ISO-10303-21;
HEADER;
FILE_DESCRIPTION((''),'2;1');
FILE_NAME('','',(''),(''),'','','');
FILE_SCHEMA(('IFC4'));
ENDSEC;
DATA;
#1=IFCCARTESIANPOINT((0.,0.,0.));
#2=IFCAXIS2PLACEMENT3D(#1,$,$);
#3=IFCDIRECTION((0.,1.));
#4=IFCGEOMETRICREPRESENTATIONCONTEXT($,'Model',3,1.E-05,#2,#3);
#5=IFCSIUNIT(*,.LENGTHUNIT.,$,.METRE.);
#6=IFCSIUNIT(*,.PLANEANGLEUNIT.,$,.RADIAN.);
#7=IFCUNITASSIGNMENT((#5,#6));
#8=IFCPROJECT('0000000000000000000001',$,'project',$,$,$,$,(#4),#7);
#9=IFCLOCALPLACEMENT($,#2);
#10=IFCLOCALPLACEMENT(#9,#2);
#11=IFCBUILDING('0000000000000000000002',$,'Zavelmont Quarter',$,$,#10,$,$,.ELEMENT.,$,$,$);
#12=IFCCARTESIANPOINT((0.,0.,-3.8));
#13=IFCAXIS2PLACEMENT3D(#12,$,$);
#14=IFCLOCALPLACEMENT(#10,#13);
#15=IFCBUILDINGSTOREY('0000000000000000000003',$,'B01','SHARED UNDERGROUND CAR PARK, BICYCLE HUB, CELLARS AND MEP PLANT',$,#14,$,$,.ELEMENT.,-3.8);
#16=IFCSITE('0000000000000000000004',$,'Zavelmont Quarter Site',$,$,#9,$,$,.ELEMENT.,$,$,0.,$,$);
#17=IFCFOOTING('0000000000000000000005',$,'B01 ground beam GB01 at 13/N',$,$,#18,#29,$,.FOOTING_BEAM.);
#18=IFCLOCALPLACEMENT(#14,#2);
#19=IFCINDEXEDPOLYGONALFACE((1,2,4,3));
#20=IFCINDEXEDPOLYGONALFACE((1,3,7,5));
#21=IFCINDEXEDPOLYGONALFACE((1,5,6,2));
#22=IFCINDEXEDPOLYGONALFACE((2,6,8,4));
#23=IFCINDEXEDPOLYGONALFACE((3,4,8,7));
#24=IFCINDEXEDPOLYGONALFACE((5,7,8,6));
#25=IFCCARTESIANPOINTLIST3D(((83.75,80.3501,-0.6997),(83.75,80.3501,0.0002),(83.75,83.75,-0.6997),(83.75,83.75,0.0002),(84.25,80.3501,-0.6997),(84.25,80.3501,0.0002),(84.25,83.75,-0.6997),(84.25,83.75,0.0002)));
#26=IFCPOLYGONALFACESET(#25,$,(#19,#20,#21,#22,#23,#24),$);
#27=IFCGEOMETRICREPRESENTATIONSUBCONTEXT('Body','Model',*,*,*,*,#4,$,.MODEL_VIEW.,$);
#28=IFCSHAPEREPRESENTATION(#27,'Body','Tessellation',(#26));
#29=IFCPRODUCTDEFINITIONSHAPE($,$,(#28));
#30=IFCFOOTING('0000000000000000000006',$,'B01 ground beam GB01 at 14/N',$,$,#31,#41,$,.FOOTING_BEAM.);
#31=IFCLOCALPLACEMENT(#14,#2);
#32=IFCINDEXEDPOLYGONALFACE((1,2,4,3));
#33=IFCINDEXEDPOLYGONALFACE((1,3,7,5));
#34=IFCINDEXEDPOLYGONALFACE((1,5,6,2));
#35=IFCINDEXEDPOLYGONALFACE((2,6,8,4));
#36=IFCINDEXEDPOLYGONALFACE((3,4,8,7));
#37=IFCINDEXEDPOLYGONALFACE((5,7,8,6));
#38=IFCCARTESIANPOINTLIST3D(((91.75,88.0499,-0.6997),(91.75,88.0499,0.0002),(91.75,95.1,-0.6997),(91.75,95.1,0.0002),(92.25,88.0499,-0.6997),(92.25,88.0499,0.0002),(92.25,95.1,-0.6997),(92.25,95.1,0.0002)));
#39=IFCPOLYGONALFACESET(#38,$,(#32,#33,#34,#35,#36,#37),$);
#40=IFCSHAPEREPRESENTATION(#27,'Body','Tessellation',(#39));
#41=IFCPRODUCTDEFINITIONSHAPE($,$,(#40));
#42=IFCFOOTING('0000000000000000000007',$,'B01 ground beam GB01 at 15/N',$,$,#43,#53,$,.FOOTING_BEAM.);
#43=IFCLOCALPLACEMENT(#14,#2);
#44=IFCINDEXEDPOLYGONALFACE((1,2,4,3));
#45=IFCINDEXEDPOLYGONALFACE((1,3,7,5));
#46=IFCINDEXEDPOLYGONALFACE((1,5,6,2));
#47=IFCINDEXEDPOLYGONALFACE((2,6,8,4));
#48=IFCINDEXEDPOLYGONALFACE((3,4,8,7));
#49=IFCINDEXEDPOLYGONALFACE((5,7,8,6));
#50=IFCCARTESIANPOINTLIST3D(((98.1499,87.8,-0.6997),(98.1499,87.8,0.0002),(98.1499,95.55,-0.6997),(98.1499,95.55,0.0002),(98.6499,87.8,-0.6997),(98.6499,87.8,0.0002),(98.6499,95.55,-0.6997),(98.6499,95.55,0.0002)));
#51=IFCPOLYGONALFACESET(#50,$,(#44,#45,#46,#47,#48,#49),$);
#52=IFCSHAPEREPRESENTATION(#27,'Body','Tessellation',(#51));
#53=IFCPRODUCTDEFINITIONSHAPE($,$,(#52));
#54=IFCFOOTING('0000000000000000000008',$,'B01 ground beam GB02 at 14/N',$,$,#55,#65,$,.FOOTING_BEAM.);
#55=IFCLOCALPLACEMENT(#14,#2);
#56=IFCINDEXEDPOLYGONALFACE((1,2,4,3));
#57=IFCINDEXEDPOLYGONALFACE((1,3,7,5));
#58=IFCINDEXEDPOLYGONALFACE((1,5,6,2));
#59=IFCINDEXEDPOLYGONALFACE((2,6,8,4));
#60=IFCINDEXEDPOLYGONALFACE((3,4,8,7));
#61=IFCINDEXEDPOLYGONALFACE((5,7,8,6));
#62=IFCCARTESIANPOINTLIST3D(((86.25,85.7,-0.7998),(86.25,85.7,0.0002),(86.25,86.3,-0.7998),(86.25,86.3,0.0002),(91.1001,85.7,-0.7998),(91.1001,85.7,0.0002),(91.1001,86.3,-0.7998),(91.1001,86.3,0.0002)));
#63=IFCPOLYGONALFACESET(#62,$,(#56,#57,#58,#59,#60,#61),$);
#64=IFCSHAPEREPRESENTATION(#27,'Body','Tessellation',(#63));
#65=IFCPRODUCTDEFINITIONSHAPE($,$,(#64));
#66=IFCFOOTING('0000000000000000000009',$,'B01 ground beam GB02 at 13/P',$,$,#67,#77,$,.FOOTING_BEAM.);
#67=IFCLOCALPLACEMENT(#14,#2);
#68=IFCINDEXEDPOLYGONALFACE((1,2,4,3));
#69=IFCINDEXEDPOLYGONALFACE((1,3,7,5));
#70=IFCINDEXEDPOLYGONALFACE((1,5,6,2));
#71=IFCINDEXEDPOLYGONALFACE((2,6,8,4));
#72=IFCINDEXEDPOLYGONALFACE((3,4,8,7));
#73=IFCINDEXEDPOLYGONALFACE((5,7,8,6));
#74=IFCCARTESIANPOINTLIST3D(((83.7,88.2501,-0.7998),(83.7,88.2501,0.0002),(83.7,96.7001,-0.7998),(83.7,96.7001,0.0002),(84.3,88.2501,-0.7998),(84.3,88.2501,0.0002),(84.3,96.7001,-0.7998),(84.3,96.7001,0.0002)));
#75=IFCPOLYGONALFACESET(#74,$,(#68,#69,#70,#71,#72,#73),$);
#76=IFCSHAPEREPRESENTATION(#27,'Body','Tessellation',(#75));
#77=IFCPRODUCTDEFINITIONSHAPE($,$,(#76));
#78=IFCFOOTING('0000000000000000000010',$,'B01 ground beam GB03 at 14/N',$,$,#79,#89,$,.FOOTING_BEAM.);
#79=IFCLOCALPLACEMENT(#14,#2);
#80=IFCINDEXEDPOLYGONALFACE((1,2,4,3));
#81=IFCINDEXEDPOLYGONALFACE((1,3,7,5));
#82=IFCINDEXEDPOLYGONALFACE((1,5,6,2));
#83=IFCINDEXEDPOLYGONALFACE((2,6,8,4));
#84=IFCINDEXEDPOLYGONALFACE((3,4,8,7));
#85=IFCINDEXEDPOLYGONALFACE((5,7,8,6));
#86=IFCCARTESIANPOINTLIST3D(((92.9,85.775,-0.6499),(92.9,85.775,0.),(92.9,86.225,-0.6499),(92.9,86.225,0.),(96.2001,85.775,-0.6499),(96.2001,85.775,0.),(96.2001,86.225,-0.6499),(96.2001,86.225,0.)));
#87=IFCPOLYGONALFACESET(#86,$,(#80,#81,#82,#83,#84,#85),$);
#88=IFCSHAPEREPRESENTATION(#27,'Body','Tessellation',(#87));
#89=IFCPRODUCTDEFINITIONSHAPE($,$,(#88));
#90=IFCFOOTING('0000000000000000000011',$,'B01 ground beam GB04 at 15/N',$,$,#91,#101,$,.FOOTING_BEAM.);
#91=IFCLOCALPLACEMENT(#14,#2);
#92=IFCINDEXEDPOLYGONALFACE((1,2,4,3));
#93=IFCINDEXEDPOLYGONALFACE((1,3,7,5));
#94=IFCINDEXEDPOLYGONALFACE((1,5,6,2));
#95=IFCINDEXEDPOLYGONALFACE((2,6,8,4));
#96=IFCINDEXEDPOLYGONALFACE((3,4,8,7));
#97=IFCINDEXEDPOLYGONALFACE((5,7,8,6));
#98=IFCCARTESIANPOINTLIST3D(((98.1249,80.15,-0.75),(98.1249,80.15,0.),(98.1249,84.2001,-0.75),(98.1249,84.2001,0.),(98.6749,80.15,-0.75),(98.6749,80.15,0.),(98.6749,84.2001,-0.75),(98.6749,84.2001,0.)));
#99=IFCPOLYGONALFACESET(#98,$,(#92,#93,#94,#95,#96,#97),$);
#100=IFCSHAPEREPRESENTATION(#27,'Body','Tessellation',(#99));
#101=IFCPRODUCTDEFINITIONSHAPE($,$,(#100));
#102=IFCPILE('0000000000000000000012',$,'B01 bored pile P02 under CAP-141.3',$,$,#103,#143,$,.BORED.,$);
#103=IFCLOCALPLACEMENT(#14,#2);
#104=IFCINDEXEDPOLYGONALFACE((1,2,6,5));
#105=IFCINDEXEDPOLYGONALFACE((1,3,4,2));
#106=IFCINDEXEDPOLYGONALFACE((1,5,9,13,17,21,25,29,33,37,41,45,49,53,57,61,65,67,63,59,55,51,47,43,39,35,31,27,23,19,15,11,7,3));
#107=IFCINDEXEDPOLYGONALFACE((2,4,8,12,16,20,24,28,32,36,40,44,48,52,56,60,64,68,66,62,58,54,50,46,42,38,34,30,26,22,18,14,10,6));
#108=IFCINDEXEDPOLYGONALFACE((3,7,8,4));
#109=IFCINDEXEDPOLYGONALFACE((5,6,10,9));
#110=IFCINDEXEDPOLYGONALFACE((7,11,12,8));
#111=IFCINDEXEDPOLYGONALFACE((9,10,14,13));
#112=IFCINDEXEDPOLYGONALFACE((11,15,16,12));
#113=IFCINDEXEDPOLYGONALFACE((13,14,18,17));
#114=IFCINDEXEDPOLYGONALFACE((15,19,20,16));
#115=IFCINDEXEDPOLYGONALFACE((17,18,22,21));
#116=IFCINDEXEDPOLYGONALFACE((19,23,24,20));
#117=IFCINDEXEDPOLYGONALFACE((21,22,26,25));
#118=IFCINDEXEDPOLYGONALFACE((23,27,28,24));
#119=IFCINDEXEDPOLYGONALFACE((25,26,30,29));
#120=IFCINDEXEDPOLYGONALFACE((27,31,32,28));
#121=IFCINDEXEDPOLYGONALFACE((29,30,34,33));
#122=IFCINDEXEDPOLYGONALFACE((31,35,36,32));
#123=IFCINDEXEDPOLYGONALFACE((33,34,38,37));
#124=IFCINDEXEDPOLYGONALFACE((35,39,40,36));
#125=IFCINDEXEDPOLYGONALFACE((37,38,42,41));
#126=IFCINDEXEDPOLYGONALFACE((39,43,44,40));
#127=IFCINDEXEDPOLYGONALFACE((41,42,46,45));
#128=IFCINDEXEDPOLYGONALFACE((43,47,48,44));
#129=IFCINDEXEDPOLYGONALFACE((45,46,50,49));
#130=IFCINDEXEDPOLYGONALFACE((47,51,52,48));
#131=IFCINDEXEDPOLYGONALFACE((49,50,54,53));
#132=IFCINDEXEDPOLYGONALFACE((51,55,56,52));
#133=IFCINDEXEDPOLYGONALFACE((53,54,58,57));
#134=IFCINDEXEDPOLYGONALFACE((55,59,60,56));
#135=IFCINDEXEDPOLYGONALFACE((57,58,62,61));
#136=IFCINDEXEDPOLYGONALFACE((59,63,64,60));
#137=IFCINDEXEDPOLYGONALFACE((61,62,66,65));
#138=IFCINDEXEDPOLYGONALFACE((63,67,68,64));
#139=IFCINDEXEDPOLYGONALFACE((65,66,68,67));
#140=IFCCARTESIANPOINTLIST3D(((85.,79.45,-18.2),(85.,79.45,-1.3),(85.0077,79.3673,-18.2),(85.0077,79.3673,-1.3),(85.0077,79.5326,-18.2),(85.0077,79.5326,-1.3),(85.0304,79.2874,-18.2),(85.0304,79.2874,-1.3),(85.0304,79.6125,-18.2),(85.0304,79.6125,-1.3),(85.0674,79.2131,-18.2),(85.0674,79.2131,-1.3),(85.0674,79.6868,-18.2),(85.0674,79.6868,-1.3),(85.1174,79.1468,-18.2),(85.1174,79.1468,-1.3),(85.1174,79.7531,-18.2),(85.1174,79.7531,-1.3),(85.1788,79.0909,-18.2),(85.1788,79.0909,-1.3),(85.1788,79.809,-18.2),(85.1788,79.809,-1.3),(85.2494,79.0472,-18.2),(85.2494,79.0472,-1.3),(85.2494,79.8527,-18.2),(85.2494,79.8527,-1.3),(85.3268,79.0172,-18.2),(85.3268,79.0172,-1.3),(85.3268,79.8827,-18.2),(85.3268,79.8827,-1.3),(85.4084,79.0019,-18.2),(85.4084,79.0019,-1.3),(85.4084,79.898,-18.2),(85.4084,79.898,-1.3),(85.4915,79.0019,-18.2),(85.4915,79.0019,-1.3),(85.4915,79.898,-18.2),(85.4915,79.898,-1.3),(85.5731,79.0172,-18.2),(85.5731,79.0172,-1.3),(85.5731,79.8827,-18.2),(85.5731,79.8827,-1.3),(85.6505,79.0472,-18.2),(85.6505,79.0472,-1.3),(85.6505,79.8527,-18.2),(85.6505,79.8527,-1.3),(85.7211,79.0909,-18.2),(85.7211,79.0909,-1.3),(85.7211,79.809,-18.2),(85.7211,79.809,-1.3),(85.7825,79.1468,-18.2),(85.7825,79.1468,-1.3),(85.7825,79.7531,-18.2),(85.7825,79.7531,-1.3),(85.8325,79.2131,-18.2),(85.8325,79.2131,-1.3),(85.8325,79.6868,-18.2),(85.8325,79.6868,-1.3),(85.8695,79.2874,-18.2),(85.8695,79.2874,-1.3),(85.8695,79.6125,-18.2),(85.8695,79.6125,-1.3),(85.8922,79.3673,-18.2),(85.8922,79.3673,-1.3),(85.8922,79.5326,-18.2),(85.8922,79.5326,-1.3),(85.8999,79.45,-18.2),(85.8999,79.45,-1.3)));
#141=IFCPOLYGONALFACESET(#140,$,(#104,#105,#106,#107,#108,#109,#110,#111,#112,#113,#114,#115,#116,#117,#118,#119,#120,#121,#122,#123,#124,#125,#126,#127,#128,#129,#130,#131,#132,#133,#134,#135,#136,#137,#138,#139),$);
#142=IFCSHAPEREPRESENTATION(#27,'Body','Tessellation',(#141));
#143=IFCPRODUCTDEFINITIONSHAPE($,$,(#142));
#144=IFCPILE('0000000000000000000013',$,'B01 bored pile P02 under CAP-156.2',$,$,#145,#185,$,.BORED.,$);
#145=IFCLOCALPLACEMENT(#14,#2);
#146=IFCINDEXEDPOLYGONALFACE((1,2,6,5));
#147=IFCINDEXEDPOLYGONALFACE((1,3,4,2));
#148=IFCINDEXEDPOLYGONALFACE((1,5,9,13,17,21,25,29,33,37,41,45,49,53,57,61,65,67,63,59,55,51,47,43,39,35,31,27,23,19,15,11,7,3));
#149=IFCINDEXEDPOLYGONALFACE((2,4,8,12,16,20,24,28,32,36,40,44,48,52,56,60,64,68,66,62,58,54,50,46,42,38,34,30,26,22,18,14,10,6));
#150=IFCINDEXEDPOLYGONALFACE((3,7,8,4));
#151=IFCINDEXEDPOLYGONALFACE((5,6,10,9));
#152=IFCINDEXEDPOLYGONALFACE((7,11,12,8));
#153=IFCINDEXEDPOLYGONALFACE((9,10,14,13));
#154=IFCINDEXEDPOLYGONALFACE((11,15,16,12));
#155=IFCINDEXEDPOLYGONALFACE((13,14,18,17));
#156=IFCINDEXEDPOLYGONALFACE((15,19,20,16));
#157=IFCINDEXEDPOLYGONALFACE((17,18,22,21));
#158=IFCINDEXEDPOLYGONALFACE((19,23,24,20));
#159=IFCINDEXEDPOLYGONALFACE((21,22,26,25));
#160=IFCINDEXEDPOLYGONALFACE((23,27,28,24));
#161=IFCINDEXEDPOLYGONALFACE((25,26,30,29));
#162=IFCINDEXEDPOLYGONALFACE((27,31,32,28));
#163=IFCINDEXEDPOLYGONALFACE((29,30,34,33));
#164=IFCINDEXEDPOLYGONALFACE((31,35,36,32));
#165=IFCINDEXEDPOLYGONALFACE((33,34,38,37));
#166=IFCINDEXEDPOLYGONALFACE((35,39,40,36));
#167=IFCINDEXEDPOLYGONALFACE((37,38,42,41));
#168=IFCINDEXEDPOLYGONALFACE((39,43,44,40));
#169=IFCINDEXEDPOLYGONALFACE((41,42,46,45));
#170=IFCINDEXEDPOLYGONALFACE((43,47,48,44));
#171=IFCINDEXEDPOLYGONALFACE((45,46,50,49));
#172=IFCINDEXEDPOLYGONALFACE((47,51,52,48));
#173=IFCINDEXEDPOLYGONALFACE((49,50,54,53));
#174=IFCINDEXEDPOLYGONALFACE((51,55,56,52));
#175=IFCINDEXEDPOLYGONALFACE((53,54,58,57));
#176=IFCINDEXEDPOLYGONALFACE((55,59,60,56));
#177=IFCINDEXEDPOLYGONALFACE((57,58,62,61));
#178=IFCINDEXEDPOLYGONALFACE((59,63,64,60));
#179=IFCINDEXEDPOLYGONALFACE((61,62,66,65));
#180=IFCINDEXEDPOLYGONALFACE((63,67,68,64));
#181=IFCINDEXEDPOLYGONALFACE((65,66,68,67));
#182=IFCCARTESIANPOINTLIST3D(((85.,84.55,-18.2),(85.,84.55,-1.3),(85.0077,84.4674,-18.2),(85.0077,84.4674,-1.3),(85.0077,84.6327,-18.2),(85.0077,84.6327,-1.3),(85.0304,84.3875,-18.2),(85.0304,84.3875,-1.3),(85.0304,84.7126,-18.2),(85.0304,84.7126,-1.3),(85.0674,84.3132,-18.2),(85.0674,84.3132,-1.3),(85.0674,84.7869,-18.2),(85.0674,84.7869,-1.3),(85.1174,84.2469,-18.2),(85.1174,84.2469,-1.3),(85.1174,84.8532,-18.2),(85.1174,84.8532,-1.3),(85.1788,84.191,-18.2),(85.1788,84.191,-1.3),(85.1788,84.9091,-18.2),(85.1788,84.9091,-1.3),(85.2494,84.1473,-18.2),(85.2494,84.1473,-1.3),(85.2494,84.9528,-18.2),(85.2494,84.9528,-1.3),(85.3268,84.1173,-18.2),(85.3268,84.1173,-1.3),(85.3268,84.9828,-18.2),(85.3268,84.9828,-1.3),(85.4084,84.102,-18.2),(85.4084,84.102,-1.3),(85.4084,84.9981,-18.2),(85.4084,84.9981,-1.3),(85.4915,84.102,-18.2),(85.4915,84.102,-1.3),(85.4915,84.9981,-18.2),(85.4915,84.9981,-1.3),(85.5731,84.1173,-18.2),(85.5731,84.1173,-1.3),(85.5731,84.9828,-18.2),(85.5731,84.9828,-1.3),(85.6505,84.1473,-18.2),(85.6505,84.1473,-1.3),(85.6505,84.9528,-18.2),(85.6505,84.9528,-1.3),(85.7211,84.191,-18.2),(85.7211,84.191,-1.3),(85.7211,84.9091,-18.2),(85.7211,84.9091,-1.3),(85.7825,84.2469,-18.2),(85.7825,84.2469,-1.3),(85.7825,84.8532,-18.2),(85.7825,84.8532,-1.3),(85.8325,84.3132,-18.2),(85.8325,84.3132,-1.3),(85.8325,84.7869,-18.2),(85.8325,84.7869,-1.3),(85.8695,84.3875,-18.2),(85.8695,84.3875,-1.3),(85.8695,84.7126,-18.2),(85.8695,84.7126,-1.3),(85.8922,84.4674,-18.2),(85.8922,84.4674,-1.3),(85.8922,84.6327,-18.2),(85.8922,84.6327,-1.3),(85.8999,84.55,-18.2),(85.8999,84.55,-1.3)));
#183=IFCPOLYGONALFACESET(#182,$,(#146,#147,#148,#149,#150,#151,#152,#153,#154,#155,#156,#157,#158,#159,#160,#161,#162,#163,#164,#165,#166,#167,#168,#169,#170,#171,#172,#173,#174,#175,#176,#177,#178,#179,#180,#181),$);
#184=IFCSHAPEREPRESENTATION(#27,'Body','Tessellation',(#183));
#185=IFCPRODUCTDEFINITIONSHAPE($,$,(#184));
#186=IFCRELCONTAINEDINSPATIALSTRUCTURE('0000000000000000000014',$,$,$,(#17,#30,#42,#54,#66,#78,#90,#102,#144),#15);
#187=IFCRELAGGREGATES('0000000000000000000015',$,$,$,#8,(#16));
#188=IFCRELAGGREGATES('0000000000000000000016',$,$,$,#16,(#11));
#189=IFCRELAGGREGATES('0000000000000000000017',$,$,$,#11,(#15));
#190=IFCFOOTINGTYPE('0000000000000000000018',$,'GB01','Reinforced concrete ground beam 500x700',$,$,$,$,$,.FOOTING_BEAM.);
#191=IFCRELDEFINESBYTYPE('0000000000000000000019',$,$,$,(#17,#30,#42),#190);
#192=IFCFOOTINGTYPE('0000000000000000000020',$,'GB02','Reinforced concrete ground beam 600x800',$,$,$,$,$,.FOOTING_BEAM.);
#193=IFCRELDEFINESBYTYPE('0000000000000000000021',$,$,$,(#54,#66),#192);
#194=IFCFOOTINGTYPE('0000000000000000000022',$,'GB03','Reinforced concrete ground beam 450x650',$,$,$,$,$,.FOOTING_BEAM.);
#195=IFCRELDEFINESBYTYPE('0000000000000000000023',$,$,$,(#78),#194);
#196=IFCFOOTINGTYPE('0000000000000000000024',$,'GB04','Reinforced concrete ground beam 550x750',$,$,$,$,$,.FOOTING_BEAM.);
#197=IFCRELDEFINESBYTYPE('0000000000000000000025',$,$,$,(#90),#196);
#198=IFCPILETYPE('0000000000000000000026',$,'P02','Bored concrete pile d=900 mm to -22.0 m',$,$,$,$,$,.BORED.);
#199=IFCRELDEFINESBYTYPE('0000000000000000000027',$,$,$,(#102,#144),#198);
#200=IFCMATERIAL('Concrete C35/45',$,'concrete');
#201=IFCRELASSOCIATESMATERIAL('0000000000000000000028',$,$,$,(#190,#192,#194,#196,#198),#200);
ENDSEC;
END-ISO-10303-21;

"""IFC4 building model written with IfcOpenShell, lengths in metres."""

from ifc_helpers import new_model, si_unit, direction, frame, origin, origin_2d, place, context, subcontext, project, spatial, rectangle, circle, extrude, material, material_profile, profile_set, type_object, element, save


model = new_model("IFC4")

# Units and contexts
model_context = context("Model", 3, precision=1e-05, world=origin(), true_north=direction((0.0, 1.0)))
body_context = subcontext(model_context, "Body", "Model", "MODEL_VIEW")
ifc_project = project(units=[si_unit("LENGTHUNIT", "METRE"), si_unit("PLANEANGLEUNIT", "RADIAN")], contexts=[model_context])

# Site, building, storey
site_placement = place(None, origin())
site = spatial("IfcSite", under=ifc_project, at=site_placement, Name="Zavelmont Quarter Site", CompositionType="ELEMENT", RefElevation=0.0)
building_placement = place(site_placement, origin())
building = spatial("IfcBuilding", under=site, at=building_placement, Name="Zavelmont Quarter", CompositionType="ELEMENT")
storey_placement = place(building_placement, frame((0.0, 0.0, -3.8)))
storey = spatial("IfcBuildingStorey", under=building, at=storey_placement, Name="B01", Description="SHARED UNDERGROUND CAR PARK, BICYCLE HUB, CELLARS AND MEP PLANT", CompositionType="ELEMENT", Elevation=-3.8)

# Footings
ifc_material_1 = material(Name="Concrete C35/45", Category="concrete")
footing_type_1 = type_object("IfcFootingType", Name="GB01", Description="Reinforced concrete ground beam 500x700", PredefinedType="FOOTING_BEAM", material=ifc_material_1)
footing_1_placement = place(storey_placement, frame((84.0, 82.05, -0.6997), z_axis=(0.0, 0.0, 1.0), x_axis=(0.0, 1.0, 0.0)))
element("IfcFooting", 1, at=footing_1_placement, inside=storey, type_object=footing_type_1, Name="B01 ground beam GB01 at 13/N", PredefinedType="FOOTING_BEAM", context=body_context, shape_type="SweptSolid", body=[
    extrude(rectangle(XDim=3.3999, YDim=0.5, at=origin_2d()), origin(), (0.0, 0.0, 1.0), 0.7),
])
footing_2_placement = place(storey_placement, frame((92.0, 91.575, -0.6997), z_axis=(0.0, 0.0, 1.0), x_axis=(0.0, 1.0, 0.0)))
element("IfcFooting", 2, at=footing_2_placement, inside=storey, type_object=footing_type_1, Name="B01 ground beam GB01 at 14/N", PredefinedType="FOOTING_BEAM", context=body_context, shape_type="SweptSolid", body=[
    extrude(rectangle(XDim=7.05, YDim=0.5, at=origin_2d()), origin(), (0.0, 0.0, 1.0), 0.7),
])
footing_3_placement = place(storey_placement, frame((98.3999, 91.675, -0.6997), z_axis=(0.0, 0.0, 1.0), x_axis=(0.0, 1.0, 0.0)))
element("IfcFooting", 3, at=footing_3_placement, inside=storey, type_object=footing_type_1, Name="B01 ground beam GB01 at 15/N", PredefinedType="FOOTING_BEAM", context=body_context, shape_type="SweptSolid", body=[
    extrude(rectangle(XDim=7.75, YDim=0.5, at=origin_2d()), origin(), (0.0, 0.0, 1.0), 0.7),
])
footing_type_2 = type_object("IfcFootingType", Name="GB02", Description="Reinforced concrete ground beam 600x800", PredefinedType="FOOTING_BEAM", material=ifc_material_1)
footing_4_placement = place(storey_placement, frame((88.675, 86.0, -0.7998), z_axis=(0.0, 0.0, 1.0), x_axis=(1.0, 0.0, 0.0)))
element("IfcFooting", 4, at=footing_4_placement, inside=storey, type_object=footing_type_2, Name="B01 ground beam GB02 at 14/N", PredefinedType="FOOTING_BEAM", context=body_context, shape_type="SweptSolid", body=[
    extrude(rectangle(XDim=4.8501, YDim=0.6001, at=origin_2d()), origin(), (0.0, 0.0, 1.0), 0.8),
])
footing_5_placement = place(storey_placement, frame((84.0, 92.4751, -0.7998), z_axis=(0.0, 0.0, 1.0), x_axis=(0.0, 1.0, 0.0)))
element("IfcFooting", 5, at=footing_5_placement, inside=storey, type_object=footing_type_2, Name="B01 ground beam GB02 at 13/P", PredefinedType="FOOTING_BEAM", context=body_context, shape_type="SweptSolid", body=[
    extrude(rectangle(XDim=8.45, YDim=0.6001, at=origin_2d()), origin(), (0.0, 0.0, 1.0), 0.8),
])
footing_type_3 = type_object("IfcFootingType", Name="GB03", Description="Reinforced concrete ground beam 450x650", PredefinedType="FOOTING_BEAM", material=ifc_material_1)
footing_6_placement = place(storey_placement, frame((94.55, 86.0, -0.6499), z_axis=(0.0, 0.0, 1.0), x_axis=(1.0, 0.0, 0.0)))
element("IfcFooting", 6, at=footing_6_placement, inside=storey, type_object=footing_type_3, Name="B01 ground beam GB03 at 14/N", PredefinedType="FOOTING_BEAM", context=body_context, shape_type="SweptSolid", body=[
    extrude(rectangle(XDim=3.3, YDim=0.45, at=origin_2d()), origin(), (0.0, 0.0, 1.0), 0.6499),
])
footing_type_4 = type_object("IfcFootingType", Name="GB04", Description="Reinforced concrete ground beam 550x750", PredefinedType="FOOTING_BEAM", material=ifc_material_1)
footing_7_placement = place(storey_placement, frame((98.3999, 82.175, -0.75), z_axis=(0.0, 0.0, 1.0), x_axis=(0.0, 1.0, 0.0)))
element("IfcFooting", 7, at=footing_7_placement, inside=storey, type_object=footing_type_4, Name="B01 ground beam GB04 at 15/N", PredefinedType="FOOTING_BEAM", context=body_context, shape_type="SweptSolid", body=[
    extrude(rectangle(XDim=4.05, YDim=0.55, at=origin_2d()), origin(), (0.0, 0.0, 1.0), 0.75),
])

# Piles
ifc_material_profile_1 = material_profile(ifc_material_1, circle(Radius=0.45, at=origin_2d()), Name="BP900")
ifc_profile_set_1 = profile_set([ifc_material_profile_1], Name="Concrete C35/45")
pile_type_1 = type_object("IfcPileType", Name="P02", Description="Bored concrete pile d=900 mm to -22.0 m", PredefinedType="BORED", material=ifc_profile_set_1)
for number, where, z_axis, x_axis, name in (
    (8, (85.45, 79.45, -1.3), (0.0, 0.0, -1.0), (1.0, 0.0, 0.0), "B01 bored pile P02 under CAP-141.3"),
    (9, (85.45, 84.55, -1.3), (0.0, 0.0, -1.0), (1.0, 0.0, 0.0), "B01 bored pile P02 under CAP-156.2"),
):
    element("IfcPile", number, at=place(storey_placement, frame(where, z_axis=z_axis, x_axis=x_axis)), inside=storey, type_object=pile_type_1, Name=name, PredefinedType="BORED", context=body_context, shape_type="SweptSolid", body=[
        extrude(circle(Radius=0.45, at=origin_2d()), origin(), (0.0, 0.0, 1.0), 16.8999),
    ])

save(model, "model.ifc")
